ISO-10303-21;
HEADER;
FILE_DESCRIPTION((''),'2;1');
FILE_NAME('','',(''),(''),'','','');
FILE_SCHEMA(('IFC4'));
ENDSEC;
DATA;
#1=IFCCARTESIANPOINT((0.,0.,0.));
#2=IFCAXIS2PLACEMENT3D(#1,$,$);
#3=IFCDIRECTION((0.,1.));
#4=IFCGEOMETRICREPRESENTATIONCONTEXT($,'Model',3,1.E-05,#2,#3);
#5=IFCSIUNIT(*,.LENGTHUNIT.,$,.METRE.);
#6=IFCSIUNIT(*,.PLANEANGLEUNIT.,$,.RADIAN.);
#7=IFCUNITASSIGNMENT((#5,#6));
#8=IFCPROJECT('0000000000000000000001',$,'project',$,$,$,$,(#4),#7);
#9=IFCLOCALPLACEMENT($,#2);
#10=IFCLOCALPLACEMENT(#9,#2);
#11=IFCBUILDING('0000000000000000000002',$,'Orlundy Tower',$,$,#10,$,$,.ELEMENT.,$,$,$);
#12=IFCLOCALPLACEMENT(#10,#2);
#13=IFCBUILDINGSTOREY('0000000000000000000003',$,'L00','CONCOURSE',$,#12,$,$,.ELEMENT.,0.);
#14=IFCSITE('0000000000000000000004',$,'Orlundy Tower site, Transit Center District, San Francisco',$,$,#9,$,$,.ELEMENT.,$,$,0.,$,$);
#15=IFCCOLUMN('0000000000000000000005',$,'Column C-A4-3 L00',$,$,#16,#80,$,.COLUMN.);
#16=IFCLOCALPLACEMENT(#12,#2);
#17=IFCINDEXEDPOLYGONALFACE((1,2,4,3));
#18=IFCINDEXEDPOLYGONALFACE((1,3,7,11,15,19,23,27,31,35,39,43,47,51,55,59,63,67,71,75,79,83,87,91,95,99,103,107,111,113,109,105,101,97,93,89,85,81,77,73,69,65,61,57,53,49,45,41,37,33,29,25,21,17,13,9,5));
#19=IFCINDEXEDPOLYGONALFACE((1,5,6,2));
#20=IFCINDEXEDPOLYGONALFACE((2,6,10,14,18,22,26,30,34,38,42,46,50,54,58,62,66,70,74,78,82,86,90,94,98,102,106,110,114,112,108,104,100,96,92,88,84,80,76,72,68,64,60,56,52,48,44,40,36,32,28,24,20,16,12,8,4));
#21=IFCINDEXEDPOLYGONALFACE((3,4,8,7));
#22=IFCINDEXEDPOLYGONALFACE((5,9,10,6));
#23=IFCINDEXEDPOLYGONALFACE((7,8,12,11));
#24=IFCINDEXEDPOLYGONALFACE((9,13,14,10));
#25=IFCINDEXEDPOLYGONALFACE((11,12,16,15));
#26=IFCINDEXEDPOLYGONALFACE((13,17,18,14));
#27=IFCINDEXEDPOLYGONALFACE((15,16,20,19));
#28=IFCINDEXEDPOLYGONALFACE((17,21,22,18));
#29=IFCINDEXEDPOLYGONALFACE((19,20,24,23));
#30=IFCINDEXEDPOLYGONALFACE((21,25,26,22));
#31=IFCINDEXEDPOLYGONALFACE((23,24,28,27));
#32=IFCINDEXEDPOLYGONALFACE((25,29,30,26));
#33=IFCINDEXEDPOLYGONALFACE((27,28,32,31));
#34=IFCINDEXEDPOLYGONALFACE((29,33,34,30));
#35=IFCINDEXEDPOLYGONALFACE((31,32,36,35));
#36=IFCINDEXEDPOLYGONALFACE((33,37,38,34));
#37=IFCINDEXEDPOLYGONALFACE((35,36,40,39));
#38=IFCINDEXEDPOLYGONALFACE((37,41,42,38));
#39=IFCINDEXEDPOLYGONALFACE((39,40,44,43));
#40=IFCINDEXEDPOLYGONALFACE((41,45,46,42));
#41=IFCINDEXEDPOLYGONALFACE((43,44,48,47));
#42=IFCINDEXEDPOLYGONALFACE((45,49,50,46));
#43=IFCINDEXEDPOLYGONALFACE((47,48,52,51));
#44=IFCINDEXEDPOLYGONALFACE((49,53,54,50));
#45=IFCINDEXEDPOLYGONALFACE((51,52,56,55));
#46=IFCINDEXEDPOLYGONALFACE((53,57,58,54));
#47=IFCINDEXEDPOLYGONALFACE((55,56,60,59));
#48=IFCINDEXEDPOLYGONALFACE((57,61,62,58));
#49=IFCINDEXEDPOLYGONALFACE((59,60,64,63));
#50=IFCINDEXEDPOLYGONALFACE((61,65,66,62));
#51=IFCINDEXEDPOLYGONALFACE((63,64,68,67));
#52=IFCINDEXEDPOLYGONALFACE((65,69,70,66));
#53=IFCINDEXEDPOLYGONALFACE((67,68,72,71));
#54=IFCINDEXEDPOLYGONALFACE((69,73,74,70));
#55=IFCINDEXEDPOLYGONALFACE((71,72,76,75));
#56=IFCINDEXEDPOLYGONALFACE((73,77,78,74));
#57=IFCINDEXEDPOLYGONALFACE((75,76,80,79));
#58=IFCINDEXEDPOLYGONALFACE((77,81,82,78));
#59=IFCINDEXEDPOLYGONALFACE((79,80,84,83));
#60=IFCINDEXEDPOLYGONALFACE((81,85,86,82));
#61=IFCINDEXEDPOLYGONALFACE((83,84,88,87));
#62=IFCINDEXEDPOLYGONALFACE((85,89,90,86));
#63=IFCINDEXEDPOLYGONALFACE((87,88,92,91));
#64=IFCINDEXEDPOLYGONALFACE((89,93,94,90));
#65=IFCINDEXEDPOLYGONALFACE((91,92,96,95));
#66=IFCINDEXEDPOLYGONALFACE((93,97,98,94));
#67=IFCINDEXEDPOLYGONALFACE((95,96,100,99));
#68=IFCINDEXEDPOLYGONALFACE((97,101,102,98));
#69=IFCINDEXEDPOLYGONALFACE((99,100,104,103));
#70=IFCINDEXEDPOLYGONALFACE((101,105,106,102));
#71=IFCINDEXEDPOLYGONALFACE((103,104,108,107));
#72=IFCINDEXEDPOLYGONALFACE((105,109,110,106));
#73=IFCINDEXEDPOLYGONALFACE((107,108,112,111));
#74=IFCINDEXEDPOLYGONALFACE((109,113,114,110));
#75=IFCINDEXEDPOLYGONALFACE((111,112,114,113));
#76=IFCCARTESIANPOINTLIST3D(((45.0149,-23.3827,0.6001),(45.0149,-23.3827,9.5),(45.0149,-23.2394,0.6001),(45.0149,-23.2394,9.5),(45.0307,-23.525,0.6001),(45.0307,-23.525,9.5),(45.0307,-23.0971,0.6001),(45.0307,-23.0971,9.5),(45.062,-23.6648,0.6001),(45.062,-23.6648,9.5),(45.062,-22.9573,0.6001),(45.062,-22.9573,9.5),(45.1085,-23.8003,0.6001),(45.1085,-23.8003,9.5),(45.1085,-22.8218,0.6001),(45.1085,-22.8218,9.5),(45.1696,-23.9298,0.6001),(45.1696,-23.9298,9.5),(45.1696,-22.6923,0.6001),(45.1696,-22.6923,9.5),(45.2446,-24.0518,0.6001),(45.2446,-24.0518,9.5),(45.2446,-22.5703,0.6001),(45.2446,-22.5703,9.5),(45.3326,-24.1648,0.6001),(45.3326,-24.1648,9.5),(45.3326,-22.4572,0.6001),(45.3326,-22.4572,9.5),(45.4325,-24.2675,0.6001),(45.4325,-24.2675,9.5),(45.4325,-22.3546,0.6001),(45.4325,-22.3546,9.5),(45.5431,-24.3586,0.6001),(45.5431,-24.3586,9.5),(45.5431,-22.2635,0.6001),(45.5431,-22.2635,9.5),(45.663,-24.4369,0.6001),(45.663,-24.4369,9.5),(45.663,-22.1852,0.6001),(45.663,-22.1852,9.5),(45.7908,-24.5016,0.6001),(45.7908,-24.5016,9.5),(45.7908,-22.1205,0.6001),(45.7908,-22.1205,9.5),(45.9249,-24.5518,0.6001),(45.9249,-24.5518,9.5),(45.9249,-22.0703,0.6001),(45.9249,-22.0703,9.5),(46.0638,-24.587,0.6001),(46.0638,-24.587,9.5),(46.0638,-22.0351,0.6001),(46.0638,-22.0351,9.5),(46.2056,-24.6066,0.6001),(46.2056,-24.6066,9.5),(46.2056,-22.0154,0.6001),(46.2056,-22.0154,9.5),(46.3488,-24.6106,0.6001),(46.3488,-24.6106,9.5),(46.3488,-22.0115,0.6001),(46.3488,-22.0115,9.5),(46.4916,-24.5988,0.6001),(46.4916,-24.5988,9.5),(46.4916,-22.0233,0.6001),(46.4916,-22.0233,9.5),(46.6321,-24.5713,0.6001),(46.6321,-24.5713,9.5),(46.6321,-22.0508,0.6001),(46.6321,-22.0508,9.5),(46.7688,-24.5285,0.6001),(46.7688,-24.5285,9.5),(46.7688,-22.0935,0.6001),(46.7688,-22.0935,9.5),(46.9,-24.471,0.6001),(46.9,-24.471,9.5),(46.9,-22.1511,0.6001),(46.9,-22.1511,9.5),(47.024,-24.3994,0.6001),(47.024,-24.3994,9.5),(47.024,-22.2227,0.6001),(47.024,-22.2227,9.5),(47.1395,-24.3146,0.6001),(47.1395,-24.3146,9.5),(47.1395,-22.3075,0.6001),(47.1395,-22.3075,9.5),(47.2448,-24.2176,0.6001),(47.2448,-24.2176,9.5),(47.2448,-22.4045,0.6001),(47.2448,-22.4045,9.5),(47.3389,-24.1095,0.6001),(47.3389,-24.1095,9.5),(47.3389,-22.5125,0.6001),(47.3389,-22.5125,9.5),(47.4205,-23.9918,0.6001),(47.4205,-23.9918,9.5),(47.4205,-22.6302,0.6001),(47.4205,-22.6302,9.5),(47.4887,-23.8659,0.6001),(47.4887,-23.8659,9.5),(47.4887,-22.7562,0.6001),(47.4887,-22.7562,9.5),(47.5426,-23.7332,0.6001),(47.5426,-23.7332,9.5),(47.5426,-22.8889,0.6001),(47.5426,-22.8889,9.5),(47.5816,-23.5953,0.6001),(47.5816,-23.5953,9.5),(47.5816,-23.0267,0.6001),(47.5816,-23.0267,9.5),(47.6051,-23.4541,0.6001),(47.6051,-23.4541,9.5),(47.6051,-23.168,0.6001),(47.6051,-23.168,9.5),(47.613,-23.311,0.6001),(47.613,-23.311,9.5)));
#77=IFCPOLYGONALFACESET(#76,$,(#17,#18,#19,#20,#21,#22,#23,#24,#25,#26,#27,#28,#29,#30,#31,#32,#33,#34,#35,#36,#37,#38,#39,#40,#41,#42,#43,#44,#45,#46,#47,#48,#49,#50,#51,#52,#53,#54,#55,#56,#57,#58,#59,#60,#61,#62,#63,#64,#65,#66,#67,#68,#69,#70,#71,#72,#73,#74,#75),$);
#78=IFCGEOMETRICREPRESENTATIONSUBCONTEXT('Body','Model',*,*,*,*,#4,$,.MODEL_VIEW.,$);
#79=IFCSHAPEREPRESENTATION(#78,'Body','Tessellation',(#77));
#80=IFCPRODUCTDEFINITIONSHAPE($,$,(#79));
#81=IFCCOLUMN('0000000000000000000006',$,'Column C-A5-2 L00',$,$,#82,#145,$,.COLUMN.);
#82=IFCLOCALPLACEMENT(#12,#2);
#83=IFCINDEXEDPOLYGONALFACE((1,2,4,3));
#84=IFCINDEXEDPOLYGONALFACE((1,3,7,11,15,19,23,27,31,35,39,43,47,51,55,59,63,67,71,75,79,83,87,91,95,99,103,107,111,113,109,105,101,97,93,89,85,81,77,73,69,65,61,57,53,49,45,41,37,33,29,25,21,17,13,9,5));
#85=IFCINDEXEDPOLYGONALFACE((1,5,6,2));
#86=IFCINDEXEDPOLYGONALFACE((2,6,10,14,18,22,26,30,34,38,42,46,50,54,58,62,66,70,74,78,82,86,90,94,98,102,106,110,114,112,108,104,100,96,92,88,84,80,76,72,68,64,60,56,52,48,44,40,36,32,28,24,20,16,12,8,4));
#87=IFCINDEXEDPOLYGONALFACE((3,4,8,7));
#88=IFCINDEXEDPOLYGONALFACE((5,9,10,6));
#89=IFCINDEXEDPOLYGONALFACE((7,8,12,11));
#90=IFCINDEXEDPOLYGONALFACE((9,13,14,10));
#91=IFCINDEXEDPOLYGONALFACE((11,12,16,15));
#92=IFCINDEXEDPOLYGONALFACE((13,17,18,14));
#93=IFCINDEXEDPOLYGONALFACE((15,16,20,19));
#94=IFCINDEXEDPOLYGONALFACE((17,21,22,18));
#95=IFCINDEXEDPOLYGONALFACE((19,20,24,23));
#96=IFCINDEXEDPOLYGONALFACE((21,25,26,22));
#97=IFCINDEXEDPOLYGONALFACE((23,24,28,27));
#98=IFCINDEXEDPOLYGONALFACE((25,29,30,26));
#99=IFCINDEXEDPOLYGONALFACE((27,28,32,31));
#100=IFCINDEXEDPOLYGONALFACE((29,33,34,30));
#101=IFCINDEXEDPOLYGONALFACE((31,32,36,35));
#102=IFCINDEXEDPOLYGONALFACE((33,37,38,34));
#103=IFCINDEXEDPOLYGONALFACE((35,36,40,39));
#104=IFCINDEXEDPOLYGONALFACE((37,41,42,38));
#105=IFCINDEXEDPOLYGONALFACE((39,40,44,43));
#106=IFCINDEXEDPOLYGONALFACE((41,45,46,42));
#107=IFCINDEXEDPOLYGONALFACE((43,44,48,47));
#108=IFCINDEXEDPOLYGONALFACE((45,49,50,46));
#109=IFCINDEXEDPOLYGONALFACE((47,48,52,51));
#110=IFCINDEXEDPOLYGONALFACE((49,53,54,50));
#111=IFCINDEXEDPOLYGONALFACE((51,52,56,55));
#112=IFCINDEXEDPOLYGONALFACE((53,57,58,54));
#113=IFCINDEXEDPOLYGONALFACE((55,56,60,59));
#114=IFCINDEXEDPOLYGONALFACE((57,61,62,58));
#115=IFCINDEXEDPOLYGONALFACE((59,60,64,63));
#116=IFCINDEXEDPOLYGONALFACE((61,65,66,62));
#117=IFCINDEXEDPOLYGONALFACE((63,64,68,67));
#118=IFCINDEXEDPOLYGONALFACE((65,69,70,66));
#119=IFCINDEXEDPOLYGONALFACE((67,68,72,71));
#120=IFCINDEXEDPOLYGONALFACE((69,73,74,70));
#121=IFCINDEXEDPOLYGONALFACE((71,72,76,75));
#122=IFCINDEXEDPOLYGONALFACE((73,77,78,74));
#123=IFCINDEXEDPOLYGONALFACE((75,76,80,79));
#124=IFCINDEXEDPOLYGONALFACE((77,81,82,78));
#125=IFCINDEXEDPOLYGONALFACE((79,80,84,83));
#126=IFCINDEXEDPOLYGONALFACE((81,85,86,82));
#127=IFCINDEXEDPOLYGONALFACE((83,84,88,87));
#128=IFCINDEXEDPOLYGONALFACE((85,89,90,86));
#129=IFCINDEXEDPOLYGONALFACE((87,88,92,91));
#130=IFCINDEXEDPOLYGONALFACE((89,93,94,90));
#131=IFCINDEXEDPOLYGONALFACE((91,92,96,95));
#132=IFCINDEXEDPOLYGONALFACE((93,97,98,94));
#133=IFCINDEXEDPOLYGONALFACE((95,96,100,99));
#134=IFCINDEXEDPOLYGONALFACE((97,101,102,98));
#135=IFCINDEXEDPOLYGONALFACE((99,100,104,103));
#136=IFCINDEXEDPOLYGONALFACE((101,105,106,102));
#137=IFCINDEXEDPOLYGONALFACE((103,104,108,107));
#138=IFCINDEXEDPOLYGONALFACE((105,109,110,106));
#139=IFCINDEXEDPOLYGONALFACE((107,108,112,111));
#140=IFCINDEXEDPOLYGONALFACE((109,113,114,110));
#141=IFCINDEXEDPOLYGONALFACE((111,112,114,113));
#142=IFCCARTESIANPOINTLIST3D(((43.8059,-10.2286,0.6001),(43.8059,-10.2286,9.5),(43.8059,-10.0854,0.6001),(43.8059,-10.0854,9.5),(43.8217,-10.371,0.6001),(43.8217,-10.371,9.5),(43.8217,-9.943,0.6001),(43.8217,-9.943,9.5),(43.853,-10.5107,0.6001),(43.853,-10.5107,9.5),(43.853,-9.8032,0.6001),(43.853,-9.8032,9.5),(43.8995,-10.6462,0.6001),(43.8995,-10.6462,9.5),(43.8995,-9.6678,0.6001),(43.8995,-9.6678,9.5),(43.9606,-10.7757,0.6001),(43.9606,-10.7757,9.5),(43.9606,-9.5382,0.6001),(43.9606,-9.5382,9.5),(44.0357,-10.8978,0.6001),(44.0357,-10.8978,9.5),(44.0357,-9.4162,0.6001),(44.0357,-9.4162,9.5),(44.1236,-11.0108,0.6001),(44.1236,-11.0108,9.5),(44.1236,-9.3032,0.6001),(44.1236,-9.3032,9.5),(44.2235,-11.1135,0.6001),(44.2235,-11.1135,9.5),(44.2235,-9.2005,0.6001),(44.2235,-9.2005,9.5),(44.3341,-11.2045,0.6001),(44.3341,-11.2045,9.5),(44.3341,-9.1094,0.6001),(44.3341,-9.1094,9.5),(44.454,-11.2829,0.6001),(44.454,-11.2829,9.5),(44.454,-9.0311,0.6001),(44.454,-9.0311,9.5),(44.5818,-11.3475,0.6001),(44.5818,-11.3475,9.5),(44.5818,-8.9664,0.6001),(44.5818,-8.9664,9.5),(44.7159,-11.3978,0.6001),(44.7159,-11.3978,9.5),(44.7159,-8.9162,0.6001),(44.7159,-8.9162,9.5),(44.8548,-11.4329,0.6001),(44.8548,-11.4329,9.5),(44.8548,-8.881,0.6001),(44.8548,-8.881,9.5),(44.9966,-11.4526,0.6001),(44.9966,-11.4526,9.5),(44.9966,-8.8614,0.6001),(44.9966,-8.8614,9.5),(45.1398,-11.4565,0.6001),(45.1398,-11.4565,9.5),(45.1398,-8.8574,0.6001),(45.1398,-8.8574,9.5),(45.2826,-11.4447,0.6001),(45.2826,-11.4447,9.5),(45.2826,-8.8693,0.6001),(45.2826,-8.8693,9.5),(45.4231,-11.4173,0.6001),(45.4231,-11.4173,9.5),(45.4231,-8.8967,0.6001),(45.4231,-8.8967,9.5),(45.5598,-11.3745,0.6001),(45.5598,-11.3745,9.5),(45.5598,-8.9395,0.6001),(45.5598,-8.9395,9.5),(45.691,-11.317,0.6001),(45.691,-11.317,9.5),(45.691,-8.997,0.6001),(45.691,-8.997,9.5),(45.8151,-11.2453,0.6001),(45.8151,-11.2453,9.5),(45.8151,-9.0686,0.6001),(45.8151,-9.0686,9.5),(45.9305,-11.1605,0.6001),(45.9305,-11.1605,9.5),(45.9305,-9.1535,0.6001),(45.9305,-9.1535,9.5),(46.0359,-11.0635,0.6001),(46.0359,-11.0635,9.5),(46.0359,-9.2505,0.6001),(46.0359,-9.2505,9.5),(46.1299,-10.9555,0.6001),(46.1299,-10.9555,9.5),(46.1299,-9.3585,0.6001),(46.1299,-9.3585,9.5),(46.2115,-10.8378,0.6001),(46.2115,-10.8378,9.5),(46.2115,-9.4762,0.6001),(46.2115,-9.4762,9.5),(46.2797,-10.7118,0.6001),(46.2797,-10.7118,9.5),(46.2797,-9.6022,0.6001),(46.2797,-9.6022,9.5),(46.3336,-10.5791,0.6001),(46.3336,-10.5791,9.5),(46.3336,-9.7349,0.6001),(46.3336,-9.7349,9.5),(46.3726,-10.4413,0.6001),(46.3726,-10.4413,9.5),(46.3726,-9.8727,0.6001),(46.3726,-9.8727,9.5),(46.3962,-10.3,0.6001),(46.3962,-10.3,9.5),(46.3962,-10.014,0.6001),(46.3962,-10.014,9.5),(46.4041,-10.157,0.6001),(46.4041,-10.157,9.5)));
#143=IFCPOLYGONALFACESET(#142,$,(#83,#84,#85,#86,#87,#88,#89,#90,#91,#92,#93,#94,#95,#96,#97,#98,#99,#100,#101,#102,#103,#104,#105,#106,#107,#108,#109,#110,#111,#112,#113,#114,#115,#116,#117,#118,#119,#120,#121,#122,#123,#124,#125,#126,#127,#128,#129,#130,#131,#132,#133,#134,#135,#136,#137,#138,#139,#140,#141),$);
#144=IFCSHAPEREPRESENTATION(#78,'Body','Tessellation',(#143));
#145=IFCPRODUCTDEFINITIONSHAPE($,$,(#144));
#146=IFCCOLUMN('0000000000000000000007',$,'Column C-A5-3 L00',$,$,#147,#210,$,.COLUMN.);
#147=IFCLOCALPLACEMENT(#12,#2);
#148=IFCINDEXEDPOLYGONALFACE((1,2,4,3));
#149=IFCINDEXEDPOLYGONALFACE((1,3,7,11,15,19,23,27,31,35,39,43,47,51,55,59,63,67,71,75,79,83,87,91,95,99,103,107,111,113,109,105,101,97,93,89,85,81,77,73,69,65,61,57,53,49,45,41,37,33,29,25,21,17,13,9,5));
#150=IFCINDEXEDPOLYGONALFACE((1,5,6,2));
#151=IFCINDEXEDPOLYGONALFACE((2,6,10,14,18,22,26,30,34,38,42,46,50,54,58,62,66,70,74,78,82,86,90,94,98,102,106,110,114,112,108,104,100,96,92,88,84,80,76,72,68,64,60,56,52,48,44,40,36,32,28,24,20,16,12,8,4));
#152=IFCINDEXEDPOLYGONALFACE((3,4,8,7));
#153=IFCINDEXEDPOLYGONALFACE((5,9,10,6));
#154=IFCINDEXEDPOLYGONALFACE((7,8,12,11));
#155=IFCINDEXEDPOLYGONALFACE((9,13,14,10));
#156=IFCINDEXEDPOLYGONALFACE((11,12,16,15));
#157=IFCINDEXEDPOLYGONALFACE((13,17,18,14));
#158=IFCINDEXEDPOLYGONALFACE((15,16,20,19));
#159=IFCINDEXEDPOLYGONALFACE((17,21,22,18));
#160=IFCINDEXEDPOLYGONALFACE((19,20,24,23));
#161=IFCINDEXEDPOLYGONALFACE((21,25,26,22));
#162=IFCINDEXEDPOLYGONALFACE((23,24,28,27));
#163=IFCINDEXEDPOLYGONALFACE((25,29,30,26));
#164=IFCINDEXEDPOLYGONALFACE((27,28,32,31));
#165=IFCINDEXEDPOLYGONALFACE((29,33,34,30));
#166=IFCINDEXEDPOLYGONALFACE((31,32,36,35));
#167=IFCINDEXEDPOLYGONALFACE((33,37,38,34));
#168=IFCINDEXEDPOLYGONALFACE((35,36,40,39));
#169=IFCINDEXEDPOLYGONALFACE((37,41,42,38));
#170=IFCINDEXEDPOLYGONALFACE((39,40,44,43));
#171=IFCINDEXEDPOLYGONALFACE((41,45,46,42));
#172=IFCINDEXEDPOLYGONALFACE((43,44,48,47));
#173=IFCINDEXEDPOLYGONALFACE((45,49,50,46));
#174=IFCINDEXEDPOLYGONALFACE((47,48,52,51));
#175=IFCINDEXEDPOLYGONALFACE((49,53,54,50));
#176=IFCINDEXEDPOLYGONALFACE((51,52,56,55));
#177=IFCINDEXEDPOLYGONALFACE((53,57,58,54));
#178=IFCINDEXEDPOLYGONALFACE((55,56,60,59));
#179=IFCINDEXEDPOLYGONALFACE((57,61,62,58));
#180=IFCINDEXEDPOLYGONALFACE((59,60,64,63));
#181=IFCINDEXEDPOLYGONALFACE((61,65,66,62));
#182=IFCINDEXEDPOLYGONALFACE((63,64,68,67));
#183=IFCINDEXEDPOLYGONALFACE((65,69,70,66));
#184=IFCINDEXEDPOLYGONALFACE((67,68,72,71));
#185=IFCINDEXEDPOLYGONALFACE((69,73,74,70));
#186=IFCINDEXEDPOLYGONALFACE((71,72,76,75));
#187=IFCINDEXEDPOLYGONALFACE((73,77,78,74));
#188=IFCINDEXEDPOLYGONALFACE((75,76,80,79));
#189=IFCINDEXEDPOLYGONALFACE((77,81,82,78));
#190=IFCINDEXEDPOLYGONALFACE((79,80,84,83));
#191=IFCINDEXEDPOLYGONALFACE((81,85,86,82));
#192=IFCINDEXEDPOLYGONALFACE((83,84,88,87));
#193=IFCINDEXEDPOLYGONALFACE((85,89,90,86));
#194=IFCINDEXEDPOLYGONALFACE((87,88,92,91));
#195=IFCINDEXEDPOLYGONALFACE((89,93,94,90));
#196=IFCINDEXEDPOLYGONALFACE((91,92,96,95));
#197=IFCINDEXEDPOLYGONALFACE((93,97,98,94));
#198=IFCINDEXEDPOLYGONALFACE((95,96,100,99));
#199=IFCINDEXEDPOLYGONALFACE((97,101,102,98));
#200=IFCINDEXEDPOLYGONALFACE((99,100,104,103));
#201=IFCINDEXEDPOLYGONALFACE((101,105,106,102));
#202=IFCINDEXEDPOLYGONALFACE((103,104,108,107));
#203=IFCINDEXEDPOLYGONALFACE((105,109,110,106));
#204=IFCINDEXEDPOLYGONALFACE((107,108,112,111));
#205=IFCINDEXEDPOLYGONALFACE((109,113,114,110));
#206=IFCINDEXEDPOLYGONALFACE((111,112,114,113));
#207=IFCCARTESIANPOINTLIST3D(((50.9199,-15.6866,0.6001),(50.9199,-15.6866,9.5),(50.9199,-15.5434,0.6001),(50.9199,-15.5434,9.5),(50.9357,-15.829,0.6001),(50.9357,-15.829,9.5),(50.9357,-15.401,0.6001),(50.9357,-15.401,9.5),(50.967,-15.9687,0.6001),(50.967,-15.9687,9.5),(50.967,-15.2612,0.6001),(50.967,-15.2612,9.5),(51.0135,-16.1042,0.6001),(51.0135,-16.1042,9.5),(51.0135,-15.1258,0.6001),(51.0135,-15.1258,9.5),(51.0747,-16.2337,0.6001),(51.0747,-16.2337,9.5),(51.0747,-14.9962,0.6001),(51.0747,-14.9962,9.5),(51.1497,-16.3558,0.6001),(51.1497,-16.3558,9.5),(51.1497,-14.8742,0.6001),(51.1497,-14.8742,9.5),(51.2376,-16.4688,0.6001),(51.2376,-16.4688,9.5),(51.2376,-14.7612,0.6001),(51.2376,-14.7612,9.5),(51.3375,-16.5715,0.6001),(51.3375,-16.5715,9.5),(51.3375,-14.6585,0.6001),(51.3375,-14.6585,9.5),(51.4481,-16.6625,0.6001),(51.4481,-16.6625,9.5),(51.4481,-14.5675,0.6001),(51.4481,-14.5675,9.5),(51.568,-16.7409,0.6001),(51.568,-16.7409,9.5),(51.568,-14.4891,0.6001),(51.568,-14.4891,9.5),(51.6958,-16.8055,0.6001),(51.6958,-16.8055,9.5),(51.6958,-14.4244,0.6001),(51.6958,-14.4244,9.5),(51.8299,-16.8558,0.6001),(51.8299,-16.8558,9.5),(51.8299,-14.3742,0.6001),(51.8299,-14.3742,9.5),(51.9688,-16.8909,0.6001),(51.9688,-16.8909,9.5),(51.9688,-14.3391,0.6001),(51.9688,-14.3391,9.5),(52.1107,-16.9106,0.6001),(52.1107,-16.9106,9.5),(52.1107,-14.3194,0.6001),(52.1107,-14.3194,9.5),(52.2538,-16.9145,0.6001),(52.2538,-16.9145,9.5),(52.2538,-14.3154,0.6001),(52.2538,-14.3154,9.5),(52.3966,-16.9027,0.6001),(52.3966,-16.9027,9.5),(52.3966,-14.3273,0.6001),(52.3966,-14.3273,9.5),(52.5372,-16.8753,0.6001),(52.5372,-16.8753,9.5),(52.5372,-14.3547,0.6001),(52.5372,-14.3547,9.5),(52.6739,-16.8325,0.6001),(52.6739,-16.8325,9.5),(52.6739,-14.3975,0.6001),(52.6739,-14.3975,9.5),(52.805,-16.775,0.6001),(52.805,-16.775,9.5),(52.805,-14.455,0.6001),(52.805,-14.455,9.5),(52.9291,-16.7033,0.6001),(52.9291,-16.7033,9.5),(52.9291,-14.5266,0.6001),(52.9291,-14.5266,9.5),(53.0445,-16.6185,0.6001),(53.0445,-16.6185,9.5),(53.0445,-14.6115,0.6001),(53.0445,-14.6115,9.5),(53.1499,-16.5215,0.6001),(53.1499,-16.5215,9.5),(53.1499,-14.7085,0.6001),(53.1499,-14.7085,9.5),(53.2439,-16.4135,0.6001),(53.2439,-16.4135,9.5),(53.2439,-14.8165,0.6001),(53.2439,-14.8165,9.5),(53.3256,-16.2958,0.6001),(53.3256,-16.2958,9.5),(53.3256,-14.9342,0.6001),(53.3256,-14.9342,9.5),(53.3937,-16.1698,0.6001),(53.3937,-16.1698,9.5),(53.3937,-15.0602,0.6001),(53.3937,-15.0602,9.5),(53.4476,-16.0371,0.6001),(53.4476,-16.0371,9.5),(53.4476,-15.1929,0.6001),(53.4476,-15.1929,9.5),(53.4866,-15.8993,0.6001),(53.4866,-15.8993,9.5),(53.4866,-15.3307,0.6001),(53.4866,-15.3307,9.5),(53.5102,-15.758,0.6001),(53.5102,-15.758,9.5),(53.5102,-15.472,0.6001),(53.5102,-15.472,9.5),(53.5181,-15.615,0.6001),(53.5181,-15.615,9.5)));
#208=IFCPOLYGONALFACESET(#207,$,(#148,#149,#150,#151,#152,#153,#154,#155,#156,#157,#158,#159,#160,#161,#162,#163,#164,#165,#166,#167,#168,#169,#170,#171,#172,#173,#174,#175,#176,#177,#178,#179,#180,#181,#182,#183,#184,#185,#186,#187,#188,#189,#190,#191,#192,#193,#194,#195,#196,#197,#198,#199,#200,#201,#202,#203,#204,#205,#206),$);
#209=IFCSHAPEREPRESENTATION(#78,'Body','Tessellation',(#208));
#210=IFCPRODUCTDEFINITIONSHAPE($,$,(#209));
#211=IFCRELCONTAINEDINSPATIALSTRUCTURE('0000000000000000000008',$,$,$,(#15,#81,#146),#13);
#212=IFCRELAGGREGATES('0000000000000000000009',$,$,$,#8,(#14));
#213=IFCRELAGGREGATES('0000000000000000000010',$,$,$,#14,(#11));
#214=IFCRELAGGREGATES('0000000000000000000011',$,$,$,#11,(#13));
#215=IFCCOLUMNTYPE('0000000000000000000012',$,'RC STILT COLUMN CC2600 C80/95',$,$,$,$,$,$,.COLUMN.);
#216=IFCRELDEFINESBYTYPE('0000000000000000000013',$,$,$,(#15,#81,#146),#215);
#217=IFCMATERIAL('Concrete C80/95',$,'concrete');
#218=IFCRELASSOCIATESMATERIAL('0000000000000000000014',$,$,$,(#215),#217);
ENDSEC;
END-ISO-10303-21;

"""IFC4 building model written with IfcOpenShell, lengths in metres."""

from ifc_helpers import new_model, si_unit, direction, frame, origin, origin_2d, place, context, subcontext, project, spatial, circle, extrude, material, material_profile, profile_set, type_object, element, save


model = new_model("IFC4")

# Units and contexts
model_context = context("Model", 3, precision=1e-05, world=origin(), true_north=direction((0.0, 1.0)))
body_context = subcontext(model_context, "Body", "Model", "MODEL_VIEW")
ifc_project = project(units=[si_unit("LENGTHUNIT", "METRE"), si_unit("PLANEANGLEUNIT", "RADIAN")], contexts=[model_context])

# Site, building, storey
site_placement = place(None, origin())
site = spatial("IfcSite", under=ifc_project, at=site_placement, Name="Orlundy Tower site, Transit Center District, San Francisco", CompositionType="ELEMENT", RefElevation=0.0)
building_placement = place(site_placement, origin())
building = spatial("IfcBuilding", under=site, at=building_placement, Name="Orlundy Tower", CompositionType="ELEMENT")
storey_placement = place(building_placement, origin())
storey = spatial("IfcBuildingStorey", under=building, at=storey_placement, Name="L00", Description="CONCOURSE", CompositionType="ELEMENT", Elevation=0.0)

# Columns
ifc_material_1 = material(Name="Concrete C80/95", Category="concrete")
ifc_material_profile_1 = material_profile(ifc_material_1, circle(Radius=1.3, at=origin_2d()), Name="CC2600")
ifc_profile_set_1 = profile_set([ifc_material_profile_1], Name="Concrete C80/95")
column_type_1 = type_object("IfcColumnType", Name="RC STILT COLUMN CC2600 C80/95", PredefinedType="COLUMN", material=ifc_profile_set_1)
for number, where, z_axis, x_axis, name in (
    (1, (46.313, -23.311, 0.6001), (0.0, 0.0, 1.0), (1.0, 0.0, 0.0), "Column C-A4-3 L00"),
    (2, (45.104, -10.157, 0.6001), (0.0, 0.0, 1.0), (1.0, 0.0, 0.0), "Column C-A5-2 L00"),
    (3, (52.218, -15.615, 0.6001), (0.0, 0.0, 1.0), (1.0, 0.0, 0.0), "Column C-A5-3 L00"),
):
    element("IfcColumn", number, at=place(storey_placement, frame(where, z_axis=z_axis, x_axis=x_axis)), inside=storey, type_object=column_type_1, Name=name, PredefinedType="COLUMN", context=body_context, shape_type="SweptSolid", body=[
        extrude(circle(Radius=1.3, at=origin_2d()), origin(), (0.0, 0.0, 1.0), 8.8999),
    ])

save(model, "model.ifc")
